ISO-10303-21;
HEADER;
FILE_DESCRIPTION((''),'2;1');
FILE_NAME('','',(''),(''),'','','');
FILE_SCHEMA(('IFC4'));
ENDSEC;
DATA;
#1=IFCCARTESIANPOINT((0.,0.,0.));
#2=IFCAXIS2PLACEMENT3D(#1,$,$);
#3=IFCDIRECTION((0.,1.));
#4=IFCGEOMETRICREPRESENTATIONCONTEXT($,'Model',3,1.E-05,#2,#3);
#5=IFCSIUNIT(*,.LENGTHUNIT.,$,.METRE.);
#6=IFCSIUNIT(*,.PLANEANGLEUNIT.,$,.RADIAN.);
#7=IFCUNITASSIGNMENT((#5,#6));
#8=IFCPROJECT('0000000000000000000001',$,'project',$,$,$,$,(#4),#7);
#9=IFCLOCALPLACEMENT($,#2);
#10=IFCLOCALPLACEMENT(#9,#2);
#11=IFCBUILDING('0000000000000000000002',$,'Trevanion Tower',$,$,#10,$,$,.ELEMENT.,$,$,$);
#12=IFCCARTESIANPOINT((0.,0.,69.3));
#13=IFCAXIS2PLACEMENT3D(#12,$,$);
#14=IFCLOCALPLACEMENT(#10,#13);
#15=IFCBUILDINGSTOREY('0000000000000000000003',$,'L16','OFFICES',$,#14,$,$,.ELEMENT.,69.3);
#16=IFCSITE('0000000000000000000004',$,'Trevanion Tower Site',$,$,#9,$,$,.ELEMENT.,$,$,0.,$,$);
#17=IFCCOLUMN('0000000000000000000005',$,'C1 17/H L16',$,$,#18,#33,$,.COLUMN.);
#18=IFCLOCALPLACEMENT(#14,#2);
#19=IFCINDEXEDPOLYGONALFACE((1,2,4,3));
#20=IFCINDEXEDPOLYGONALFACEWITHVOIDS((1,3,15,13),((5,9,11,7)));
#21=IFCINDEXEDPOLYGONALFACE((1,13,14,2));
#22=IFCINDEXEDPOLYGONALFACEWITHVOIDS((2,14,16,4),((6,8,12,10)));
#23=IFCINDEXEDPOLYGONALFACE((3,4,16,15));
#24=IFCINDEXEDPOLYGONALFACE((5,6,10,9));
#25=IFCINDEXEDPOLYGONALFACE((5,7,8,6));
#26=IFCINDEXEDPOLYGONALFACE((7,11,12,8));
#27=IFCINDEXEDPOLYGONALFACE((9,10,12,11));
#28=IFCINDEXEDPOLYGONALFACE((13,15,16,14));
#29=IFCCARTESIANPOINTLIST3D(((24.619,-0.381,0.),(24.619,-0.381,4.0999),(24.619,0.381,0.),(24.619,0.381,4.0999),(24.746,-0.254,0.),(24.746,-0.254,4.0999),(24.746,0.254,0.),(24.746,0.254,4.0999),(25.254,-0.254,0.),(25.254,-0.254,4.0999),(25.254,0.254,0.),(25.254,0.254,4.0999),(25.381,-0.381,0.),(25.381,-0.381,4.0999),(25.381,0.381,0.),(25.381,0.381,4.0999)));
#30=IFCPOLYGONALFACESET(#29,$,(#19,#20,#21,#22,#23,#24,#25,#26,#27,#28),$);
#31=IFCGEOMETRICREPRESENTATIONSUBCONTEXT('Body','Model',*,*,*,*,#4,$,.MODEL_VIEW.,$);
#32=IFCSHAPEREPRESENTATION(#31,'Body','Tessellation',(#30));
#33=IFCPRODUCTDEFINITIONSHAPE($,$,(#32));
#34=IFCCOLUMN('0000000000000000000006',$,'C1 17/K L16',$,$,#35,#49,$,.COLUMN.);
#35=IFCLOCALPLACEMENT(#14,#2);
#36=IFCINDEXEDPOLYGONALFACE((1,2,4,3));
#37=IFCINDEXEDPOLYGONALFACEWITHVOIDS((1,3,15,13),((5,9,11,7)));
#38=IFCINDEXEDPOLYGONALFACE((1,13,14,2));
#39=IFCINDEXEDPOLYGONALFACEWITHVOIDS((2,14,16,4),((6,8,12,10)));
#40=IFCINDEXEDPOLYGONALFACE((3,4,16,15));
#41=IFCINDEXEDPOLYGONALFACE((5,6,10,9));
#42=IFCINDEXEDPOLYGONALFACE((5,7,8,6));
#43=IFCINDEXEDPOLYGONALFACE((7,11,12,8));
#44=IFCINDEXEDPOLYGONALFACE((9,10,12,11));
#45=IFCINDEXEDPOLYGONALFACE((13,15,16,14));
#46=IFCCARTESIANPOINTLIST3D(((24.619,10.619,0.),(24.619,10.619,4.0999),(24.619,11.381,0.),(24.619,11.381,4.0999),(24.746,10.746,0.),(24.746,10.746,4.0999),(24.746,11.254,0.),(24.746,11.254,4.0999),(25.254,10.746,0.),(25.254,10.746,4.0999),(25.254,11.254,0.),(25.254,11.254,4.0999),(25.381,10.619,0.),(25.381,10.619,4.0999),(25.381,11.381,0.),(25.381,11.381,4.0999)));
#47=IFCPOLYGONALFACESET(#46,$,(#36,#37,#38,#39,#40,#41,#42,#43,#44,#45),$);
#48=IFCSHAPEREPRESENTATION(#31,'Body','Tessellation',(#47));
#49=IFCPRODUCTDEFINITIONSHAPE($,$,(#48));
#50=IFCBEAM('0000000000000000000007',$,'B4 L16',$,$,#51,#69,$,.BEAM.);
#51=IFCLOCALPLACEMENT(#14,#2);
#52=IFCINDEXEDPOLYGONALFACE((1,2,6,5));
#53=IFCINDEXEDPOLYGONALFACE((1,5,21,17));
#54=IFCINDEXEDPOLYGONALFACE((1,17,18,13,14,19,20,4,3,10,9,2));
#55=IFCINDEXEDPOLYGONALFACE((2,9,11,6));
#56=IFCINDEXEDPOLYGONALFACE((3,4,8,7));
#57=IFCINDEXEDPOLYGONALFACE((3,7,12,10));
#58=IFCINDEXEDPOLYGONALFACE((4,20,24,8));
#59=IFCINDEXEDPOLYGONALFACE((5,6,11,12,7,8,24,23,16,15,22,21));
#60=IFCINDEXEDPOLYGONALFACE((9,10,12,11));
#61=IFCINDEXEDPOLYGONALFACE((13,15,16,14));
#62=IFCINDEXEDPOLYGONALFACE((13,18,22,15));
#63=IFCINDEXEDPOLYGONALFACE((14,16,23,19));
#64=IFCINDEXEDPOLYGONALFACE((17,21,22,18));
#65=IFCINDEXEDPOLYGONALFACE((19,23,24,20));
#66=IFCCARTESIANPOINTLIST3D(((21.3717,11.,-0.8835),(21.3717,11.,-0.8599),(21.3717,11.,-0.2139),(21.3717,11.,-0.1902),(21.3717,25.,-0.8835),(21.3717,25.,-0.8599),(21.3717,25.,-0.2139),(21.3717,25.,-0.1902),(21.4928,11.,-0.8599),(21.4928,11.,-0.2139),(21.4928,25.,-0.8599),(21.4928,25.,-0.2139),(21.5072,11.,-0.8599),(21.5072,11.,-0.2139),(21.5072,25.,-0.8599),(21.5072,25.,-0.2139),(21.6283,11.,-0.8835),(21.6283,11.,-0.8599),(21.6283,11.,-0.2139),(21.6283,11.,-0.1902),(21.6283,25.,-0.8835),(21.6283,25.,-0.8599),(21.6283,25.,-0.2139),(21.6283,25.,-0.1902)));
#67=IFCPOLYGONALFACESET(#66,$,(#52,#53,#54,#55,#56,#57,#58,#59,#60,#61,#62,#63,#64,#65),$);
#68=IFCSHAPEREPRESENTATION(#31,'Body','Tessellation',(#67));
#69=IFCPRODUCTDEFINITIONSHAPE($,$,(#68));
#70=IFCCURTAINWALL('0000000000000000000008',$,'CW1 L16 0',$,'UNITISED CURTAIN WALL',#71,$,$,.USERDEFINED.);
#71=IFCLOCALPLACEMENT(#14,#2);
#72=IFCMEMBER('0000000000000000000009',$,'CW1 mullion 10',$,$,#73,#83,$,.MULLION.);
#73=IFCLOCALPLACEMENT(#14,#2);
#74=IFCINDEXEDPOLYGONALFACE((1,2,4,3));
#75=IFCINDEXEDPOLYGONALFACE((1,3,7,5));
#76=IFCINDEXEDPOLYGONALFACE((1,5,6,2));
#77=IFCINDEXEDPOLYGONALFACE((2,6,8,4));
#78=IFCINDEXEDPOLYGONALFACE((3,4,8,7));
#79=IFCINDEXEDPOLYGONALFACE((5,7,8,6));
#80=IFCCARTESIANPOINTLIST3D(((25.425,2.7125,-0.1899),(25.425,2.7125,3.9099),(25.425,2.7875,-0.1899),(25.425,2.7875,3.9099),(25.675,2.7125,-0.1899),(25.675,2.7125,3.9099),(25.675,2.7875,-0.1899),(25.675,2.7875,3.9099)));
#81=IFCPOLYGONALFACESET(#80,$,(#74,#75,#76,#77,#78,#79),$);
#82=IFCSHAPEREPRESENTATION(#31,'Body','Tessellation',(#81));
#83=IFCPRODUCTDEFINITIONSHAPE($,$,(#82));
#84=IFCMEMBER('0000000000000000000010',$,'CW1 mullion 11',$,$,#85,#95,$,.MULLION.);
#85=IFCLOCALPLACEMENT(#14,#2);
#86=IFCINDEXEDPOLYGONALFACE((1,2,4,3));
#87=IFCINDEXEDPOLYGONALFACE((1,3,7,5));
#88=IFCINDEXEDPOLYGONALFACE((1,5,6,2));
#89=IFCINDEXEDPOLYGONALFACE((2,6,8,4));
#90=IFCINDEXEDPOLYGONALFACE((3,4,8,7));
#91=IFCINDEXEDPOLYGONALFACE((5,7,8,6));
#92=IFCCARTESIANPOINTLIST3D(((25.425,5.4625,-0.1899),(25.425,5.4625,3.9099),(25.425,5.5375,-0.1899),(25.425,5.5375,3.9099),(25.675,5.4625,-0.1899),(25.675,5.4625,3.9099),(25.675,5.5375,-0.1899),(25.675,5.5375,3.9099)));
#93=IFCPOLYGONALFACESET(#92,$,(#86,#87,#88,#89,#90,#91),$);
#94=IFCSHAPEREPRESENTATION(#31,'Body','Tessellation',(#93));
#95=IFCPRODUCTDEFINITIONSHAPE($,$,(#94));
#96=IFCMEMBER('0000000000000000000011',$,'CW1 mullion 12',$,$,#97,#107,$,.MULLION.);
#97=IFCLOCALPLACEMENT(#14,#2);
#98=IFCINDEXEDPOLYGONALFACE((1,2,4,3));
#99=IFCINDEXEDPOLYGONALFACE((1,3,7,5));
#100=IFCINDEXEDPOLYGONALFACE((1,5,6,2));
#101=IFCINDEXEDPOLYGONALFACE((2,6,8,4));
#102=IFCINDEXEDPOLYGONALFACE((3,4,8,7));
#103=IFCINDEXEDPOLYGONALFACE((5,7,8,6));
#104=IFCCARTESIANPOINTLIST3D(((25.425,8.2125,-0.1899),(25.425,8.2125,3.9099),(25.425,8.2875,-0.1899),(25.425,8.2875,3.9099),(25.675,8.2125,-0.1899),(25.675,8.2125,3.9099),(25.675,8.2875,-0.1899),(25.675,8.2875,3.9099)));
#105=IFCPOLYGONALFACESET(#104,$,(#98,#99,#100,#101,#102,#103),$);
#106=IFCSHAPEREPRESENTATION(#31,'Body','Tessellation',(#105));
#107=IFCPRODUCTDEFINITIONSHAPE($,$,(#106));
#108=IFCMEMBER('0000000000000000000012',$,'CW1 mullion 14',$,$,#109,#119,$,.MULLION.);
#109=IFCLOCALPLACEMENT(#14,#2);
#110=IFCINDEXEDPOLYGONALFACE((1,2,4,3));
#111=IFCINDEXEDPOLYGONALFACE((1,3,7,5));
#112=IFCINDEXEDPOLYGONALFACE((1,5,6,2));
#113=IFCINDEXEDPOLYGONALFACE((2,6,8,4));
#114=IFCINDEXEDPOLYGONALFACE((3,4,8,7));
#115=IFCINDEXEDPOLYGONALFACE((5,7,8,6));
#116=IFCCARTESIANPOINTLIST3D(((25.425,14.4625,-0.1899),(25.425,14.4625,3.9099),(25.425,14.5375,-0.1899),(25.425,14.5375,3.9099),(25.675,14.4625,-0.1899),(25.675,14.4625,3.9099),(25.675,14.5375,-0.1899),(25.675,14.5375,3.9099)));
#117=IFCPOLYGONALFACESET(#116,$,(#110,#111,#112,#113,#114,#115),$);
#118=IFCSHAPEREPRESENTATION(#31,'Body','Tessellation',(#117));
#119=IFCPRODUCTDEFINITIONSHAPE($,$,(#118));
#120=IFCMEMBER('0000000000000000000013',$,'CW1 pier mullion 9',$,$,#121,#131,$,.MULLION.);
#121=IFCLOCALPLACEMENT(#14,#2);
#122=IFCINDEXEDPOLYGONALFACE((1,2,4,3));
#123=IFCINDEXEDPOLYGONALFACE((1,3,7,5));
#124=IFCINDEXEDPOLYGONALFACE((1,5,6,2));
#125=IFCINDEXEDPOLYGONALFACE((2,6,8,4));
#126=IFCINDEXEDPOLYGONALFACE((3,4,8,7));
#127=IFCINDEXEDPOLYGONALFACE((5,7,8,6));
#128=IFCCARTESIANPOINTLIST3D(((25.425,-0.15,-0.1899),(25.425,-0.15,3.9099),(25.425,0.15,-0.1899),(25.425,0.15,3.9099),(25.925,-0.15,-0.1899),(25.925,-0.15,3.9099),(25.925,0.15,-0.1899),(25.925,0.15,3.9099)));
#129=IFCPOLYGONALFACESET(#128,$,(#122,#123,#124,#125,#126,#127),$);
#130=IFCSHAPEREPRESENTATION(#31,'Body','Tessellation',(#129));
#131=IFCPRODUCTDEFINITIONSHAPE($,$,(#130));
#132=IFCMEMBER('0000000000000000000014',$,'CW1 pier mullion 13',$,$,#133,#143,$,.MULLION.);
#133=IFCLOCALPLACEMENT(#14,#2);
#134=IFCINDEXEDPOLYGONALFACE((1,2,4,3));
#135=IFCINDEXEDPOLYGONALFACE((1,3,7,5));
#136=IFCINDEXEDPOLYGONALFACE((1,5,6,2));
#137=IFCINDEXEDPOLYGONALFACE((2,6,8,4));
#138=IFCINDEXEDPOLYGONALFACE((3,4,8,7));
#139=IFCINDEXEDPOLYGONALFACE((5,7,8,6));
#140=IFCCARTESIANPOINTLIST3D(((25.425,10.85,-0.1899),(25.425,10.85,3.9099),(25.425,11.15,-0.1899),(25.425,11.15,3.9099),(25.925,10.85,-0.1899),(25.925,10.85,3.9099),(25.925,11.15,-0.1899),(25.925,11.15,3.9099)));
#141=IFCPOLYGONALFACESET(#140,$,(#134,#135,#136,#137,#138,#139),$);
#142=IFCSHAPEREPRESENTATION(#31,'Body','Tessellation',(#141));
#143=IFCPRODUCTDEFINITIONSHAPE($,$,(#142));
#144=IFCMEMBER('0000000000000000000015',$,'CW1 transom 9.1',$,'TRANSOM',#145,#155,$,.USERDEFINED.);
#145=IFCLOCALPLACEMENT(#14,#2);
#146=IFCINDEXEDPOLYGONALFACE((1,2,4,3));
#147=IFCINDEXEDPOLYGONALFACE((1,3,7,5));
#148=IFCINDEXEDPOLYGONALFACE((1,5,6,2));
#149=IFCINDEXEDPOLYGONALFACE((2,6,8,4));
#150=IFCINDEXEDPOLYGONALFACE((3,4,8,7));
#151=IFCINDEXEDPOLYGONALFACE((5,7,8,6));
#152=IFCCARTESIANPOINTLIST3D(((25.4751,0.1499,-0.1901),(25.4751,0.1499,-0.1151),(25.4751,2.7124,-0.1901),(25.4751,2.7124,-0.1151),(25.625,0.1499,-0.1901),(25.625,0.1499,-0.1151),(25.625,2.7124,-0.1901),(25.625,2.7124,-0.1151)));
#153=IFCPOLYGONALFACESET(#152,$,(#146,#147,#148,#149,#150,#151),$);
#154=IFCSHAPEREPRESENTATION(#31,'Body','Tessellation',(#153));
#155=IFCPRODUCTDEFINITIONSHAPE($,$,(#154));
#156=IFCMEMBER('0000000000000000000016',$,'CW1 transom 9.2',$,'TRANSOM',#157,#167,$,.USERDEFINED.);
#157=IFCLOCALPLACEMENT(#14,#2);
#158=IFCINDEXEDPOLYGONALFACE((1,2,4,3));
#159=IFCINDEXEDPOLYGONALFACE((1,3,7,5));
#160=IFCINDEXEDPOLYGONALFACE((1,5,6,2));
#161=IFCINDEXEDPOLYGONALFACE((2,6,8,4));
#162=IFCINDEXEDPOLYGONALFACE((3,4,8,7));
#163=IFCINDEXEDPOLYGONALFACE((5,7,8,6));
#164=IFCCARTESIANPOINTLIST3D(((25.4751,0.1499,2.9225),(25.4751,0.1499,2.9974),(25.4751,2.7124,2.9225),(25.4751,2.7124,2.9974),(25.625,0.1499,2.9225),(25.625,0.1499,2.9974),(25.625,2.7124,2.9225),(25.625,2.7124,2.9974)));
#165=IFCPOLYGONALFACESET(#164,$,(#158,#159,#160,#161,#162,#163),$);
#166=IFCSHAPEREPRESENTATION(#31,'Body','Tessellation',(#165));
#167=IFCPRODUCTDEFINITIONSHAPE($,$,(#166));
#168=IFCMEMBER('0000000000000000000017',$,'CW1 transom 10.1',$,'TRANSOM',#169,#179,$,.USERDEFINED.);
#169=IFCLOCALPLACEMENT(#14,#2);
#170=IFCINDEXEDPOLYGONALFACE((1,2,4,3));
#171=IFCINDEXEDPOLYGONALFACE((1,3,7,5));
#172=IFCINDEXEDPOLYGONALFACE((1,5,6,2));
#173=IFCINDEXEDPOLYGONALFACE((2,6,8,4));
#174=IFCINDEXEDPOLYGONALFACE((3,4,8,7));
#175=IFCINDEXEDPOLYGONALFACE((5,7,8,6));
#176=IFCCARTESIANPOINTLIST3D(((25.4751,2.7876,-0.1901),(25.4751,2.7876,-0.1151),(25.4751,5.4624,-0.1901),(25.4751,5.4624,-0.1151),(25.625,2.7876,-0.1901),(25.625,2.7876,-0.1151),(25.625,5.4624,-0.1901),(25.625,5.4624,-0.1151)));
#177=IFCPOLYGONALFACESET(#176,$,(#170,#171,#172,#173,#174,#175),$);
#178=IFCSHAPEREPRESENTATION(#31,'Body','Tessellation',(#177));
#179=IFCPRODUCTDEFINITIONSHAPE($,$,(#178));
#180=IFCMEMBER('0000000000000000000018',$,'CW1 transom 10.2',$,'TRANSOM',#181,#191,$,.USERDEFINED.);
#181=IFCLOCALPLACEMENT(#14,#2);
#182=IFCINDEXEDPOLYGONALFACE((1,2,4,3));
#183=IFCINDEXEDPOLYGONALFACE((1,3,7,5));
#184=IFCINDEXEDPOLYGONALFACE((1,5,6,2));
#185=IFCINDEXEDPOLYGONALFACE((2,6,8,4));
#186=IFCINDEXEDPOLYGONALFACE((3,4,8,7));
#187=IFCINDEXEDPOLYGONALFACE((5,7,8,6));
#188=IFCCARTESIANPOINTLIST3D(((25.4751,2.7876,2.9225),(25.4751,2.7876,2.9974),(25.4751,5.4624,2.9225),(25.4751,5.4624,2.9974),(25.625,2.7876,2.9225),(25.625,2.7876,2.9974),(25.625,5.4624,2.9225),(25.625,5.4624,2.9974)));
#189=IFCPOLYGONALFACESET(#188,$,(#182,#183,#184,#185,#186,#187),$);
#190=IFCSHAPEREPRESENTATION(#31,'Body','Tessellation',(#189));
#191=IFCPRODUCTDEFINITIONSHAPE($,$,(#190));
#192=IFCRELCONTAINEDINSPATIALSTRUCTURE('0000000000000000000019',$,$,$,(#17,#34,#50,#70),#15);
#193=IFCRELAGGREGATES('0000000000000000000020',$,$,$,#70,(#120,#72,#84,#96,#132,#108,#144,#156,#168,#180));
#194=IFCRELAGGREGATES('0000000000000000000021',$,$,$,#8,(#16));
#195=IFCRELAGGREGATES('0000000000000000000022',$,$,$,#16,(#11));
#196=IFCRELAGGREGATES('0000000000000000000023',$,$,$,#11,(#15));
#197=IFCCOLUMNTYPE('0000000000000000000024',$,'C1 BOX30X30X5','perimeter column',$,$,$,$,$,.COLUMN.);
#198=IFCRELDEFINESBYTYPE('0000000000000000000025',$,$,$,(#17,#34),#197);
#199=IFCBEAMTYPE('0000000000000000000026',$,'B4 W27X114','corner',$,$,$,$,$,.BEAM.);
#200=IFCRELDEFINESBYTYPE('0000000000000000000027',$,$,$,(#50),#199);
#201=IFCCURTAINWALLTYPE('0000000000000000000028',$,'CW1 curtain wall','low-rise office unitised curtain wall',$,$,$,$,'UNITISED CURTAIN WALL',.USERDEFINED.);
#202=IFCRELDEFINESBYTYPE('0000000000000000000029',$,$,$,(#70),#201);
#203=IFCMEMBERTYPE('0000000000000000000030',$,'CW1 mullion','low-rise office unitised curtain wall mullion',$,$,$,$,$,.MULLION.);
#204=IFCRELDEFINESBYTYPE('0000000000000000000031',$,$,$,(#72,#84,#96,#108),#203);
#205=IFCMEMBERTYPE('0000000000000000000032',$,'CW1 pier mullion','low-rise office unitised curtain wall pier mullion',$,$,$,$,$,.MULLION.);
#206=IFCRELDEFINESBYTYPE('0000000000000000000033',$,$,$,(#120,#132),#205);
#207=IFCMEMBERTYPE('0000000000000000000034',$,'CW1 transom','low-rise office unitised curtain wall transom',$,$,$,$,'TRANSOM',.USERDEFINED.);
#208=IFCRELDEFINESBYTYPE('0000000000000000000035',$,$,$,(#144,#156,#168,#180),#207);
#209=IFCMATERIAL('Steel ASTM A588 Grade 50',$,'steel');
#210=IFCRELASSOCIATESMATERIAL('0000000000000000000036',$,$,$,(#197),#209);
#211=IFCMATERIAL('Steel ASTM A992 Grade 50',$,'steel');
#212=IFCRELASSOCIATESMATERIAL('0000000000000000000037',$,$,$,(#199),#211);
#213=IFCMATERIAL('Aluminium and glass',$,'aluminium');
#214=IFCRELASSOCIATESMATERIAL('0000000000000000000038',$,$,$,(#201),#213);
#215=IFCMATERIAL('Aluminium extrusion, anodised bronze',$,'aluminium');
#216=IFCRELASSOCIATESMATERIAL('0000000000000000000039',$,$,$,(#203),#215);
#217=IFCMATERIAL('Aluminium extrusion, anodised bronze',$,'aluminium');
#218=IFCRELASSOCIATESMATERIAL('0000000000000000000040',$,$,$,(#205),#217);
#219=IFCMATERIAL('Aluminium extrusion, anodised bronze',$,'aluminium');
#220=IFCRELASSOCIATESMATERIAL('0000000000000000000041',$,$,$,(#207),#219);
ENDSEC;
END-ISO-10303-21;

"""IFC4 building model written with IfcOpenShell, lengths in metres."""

from ifc_helpers import new_model, si_unit, direction, frame, origin, origin_2d, place, context, subcontext, project, spatial, rectangle, hollow_rectangle, i_section, extrude, material, material_profile, profile_set, type_object, element, aggregate, save


model = new_model("IFC4")

# Units and contexts
model_context = context("Model", 3, precision=1e-05, world=origin(), true_north=direction((0.0, 1.0)))
body_context = subcontext(model_context, "Body", "Model", "MODEL_VIEW")
ifc_project = project(units=[si_unit("LENGTHUNIT", "METRE"), si_unit("PLANEANGLEUNIT", "RADIAN")], contexts=[model_context])

# Site, building, storey
site_placement = place(None, origin())
site = spatial("IfcSite", under=ifc_project, at=site_placement, Name="Trevanion Tower Site", CompositionType="ELEMENT", RefElevation=0.0)
building_placement = place(site_placement, origin())
building = spatial("IfcBuilding", under=site, at=building_placement, Name="Trevanion Tower", CompositionType="ELEMENT")
storey_placement = place(building_placement, frame((0.0, 0.0, 69.3)))
storey = spatial("IfcBuildingStorey", under=building, at=storey_placement, Name="L16", Description="OFFICES", CompositionType="ELEMENT", Elevation=69.3)

# Columns
ifc_material_1 = material(Name="Steel ASTM A588 Grade 50", Category="steel")
ifc_material_profile_1 = material_profile(ifc_material_1, hollow_rectangle(XDim=0.762, YDim=0.762, WallThickness=0.127, at=origin_2d()), Name="BOX30X30X5")
ifc_profile_set_1 = profile_set([ifc_material_profile_1], Name="Steel ASTM A588 Grade 50")
column_type = type_object("IfcColumnType", Name="C1 BOX30X30X5", Description="perimeter column", PredefinedType="COLUMN", material=ifc_profile_set_1)
for number, where, z_axis, x_axis, name in (
    (1, (25.0, 0.0, 0.0), (0.0, 0.0, 1.0), (0.0, 1.0, 0.0), "C1 17/H L16"),
    (2, (25.0, 11.0, 0.0), (0.0, 0.0, 1.0), (0.0, 1.0, 0.0), "C1 17/K L16"),
):
    element("IfcColumn", number, at=place(storey_placement, frame(where, z_axis=z_axis, x_axis=x_axis)), inside=storey, type_object=column_type, Name=name, PredefinedType="COLUMN", context=body_context, shape_type="SweptSolid", body=[
        extrude(hollow_rectangle(XDim=0.762, YDim=0.762, WallThickness=0.127, at=origin_2d()), origin(), (0.0, 0.0, 1.0), 4.0999),
    ])

# Beam
ifc_material_2 = material(Name="Steel ASTM A992 Grade 50", Category="steel")
ifc_material_profile_2 = material_profile(ifc_material_2, i_section(OverallWidth=0.2566, OverallDepth=0.6934, WebThickness=0.0144, FlangeThickness=0.0237, at=origin_2d()), Name="W27X114")
ifc_profile_set_2 = profile_set([ifc_material_profile_2], Name="Steel ASTM A992 Grade 50")
beam_type_1 = type_object("IfcBeamType", Name="B4 W27X114", Description="corner", PredefinedType="BEAM", material=ifc_profile_set_2)
beam_1_placement = place(storey_placement, frame((21.5, 11.0, -0.5369), z_axis=(0.0, 1.0, 0.0), x_axis=(-1.0, 0.0, 0.0)))
element("IfcBeam", 3, at=beam_1_placement, inside=storey, type_object=beam_type_1, Name="B4 L16", PredefinedType="BEAM", context=body_context, shape_type="SweptSolid", body=[
    extrude(i_section(OverallWidth=0.2566, OverallDepth=0.6934, WebThickness=0.0144, FlangeThickness=0.0237, at=origin_2d()), origin(), (0.0, 0.0, 1.0), 14.0),
])

# Curtain wall, members
ifc_material_3 = material(Name="Aluminium and glass", Category="aluminium")
curtain_wall_type = type_object("IfcCurtainWallType", Name="CW1 curtain wall", Description="low-rise office unitised curtain wall", ElementType="UNITISED CURTAIN WALL", PredefinedType="USERDEFINED", material=ifc_material_3)
curtain_wall_placement = place(storey_placement, origin())
curtain_wall = element("IfcCurtainWall", 4, at=curtain_wall_placement, inside=storey, type_object=curtain_wall_type, Name="CW1 L16 0", ObjectType="UNITISED CURTAIN WALL", PredefinedType="USERDEFINED")
ifc_material_4 = material(Name="Aluminium extrusion, anodised bronze", Category="aluminium")
ifc_material_profile_3 = material_profile(ifc_material_4, rectangle(XDim=0.075, YDim=0.25, at=origin_2d()), Name="CW1 mullion")
ifc_profile_set_3 = profile_set([ifc_material_profile_3], Name="Aluminium extrusion, anodised bronze")
member_type_1 = type_object("IfcMemberType", Name="CW1 mullion", Description="low-rise office unitised curtain wall mullion", PredefinedType="MULLION", material=ifc_profile_set_3)
member_1_placement = place(storey_placement, frame((25.55, 2.75, -0.1899), z_axis=(0.0, 0.0, 1.0), x_axis=(0.0, 1.0, 0.0)))
member_1 = element("IfcMember", 5, at=member_1_placement, type_object=member_type_1, Name="CW1 mullion 10", PredefinedType="MULLION", context=body_context, shape_type="SweptSolid", body=[
    extrude(rectangle(XDim=0.075, YDim=0.25, at=origin_2d()), origin(), (0.0, 0.0, 1.0), 4.0999),
])
member_2_placement = place(storey_placement, frame((25.55, 5.5, -0.1899), z_axis=(0.0, 0.0, 1.0), x_axis=(0.0, 1.0, 0.0)))
member_2 = element("IfcMember", 6, at=member_2_placement, type_object=member_type_1, Name="CW1 mullion 11", PredefinedType="MULLION", context=body_context, shape_type="SweptSolid", body=[
    extrude(rectangle(XDim=0.075, YDim=0.25, at=origin_2d()), origin(), (0.0, 0.0, 1.0), 4.0999),
])
member_3_placement = place(storey_placement, frame((25.55, 8.25, -0.1899), z_axis=(0.0, 0.0, 1.0), x_axis=(0.0, 1.0, 0.0)))
member_3 = element("IfcMember", 7, at=member_3_placement, type_object=member_type_1, Name="CW1 mullion 12", PredefinedType="MULLION", context=body_context, shape_type="SweptSolid", body=[
    extrude(rectangle(XDim=0.075, YDim=0.25, at=origin_2d()), origin(), (0.0, 0.0, 1.0), 4.0999),
])
member_4_placement = place(storey_placement, frame((25.55, 14.5, -0.1899), z_axis=(0.0, 0.0, 1.0), x_axis=(0.0, 1.0, 0.0)))
member_4 = element("IfcMember", 8, at=member_4_placement, type_object=member_type_1, Name="CW1 mullion 14", PredefinedType="MULLION", context=body_context, shape_type="SweptSolid", body=[
    extrude(rectangle(XDim=0.075, YDim=0.25, at=origin_2d()), origin(), (0.0, 0.0, 1.0), 4.0999),
])
ifc_material_5 = material(Name="Aluminium extrusion, anodised bronze", Category="aluminium")
ifc_material_profile_4 = material_profile(ifc_material_5, rectangle(XDim=0.3, YDim=0.5, at=origin_2d()), Name="CW1 pier mullion")
ifc_profile_set_4 = profile_set([ifc_material_profile_4], Name="Aluminium extrusion, anodised bronze")
member_type_2 = type_object("IfcMemberType", Name="CW1 pier mullion", Description="low-rise office unitised curtain wall pier mullion", PredefinedType="MULLION", material=ifc_profile_set_4)
member_5_placement = place(storey_placement, frame((25.675, 0.0, -0.1899), z_axis=(0.0, 0.0, 1.0), x_axis=(0.0, 1.0, 0.0)))
member_5 = element("IfcMember", 9, at=member_5_placement, type_object=member_type_2, Name="CW1 pier mullion 9", PredefinedType="MULLION", context=body_context, shape_type="SweptSolid", body=[
    extrude(rectangle(XDim=0.3, YDim=0.5, at=origin_2d()), origin(), (0.0, 0.0, 1.0), 4.0999),
])
member_6_placement = place(storey_placement, frame((25.675, 11.0, -0.1899), z_axis=(0.0, 0.0, 1.0), x_axis=(0.0, 1.0, 0.0)))
member_6 = element("IfcMember", 10, at=member_6_placement, type_object=member_type_2, Name="CW1 pier mullion 13", PredefinedType="MULLION", context=body_context, shape_type="SweptSolid", body=[
    extrude(rectangle(XDim=0.3, YDim=0.5, at=origin_2d()), origin(), (0.0, 0.0, 1.0), 4.0999),
])
ifc_material_6 = material(Name="Aluminium extrusion, anodised bronze", Category="aluminium")
ifc_material_profile_5 = material_profile(ifc_material_6, rectangle(XDim=0.1499, YDim=0.075, at=origin_2d()), Name="CW1 transom")
ifc_profile_set_5 = profile_set([ifc_material_profile_5], Name="Aluminium extrusion, anodised bronze")
member_type_3 = type_object("IfcMemberType", Name="CW1 transom", Description="low-rise office unitised curtain wall transom", ElementType="TRANSOM", PredefinedType="USERDEFINED", material=ifc_profile_set_5)
member_7_placement = place(storey_placement, frame((25.55, 0.1499, -0.1526), z_axis=(0.0, 1.0, 0.0), x_axis=(-1.0, 0.0, 0.0)))
member_7 = element("IfcMember", 11, at=member_7_placement, type_object=member_type_3, Name="CW1 transom 9.1", ObjectType="TRANSOM", PredefinedType="USERDEFINED", context=body_context, shape_type="SweptSolid", body=[
    extrude(rectangle(XDim=0.1499, YDim=0.075, at=origin_2d()), origin(), (0.0, 0.0, 1.0), 2.5625),
])
member_8_placement = place(storey_placement, frame((25.55, 0.1499, 2.96), z_axis=(0.0, 1.0, 0.0), x_axis=(-1.0, 0.0, 0.0)))
member_8 = element("IfcMember", 12, at=member_8_placement, type_object=member_type_3, Name="CW1 transom 9.2", ObjectType="TRANSOM", PredefinedType="USERDEFINED", context=body_context, shape_type="SweptSolid", body=[
    extrude(rectangle(XDim=0.1499, YDim=0.075, at=origin_2d()), origin(), (0.0, 0.0, 1.0), 2.5625),
])
member_9_placement = place(storey_placement, frame((25.55, 2.7876, -0.1526), z_axis=(0.0, 1.0, 0.0), x_axis=(-1.0, 0.0, 0.0)))
member_9 = element("IfcMember", 13, at=member_9_placement, type_object=member_type_3, Name="CW1 transom 10.1", ObjectType="TRANSOM", PredefinedType="USERDEFINED", context=body_context, shape_type="SweptSolid", body=[
    extrude(rectangle(XDim=0.1499, YDim=0.075, at=origin_2d()), origin(), (0.0, 0.0, 1.0), 2.6748),
])
member_10_placement = place(storey_placement, frame((25.55, 2.7876, 2.96), z_axis=(0.0, 1.0, 0.0), x_axis=(-1.0, 0.0, 0.0)))
member_10 = element("IfcMember", 14, at=member_10_placement, type_object=member_type_3, Name="CW1 transom 10.2", ObjectType="TRANSOM", PredefinedType="USERDEFINED", context=body_context, shape_type="SweptSolid", body=[
    extrude(rectangle(XDim=0.1499, YDim=0.075, at=origin_2d()), origin(), (0.0, 0.0, 1.0), 2.6748),
])

aggregate(curtain_wall, [member_5, member_1, member_2, member_3, member_6, member_4, member_7, member_8, member_9, member_10])

save(model, "model.ifc")
